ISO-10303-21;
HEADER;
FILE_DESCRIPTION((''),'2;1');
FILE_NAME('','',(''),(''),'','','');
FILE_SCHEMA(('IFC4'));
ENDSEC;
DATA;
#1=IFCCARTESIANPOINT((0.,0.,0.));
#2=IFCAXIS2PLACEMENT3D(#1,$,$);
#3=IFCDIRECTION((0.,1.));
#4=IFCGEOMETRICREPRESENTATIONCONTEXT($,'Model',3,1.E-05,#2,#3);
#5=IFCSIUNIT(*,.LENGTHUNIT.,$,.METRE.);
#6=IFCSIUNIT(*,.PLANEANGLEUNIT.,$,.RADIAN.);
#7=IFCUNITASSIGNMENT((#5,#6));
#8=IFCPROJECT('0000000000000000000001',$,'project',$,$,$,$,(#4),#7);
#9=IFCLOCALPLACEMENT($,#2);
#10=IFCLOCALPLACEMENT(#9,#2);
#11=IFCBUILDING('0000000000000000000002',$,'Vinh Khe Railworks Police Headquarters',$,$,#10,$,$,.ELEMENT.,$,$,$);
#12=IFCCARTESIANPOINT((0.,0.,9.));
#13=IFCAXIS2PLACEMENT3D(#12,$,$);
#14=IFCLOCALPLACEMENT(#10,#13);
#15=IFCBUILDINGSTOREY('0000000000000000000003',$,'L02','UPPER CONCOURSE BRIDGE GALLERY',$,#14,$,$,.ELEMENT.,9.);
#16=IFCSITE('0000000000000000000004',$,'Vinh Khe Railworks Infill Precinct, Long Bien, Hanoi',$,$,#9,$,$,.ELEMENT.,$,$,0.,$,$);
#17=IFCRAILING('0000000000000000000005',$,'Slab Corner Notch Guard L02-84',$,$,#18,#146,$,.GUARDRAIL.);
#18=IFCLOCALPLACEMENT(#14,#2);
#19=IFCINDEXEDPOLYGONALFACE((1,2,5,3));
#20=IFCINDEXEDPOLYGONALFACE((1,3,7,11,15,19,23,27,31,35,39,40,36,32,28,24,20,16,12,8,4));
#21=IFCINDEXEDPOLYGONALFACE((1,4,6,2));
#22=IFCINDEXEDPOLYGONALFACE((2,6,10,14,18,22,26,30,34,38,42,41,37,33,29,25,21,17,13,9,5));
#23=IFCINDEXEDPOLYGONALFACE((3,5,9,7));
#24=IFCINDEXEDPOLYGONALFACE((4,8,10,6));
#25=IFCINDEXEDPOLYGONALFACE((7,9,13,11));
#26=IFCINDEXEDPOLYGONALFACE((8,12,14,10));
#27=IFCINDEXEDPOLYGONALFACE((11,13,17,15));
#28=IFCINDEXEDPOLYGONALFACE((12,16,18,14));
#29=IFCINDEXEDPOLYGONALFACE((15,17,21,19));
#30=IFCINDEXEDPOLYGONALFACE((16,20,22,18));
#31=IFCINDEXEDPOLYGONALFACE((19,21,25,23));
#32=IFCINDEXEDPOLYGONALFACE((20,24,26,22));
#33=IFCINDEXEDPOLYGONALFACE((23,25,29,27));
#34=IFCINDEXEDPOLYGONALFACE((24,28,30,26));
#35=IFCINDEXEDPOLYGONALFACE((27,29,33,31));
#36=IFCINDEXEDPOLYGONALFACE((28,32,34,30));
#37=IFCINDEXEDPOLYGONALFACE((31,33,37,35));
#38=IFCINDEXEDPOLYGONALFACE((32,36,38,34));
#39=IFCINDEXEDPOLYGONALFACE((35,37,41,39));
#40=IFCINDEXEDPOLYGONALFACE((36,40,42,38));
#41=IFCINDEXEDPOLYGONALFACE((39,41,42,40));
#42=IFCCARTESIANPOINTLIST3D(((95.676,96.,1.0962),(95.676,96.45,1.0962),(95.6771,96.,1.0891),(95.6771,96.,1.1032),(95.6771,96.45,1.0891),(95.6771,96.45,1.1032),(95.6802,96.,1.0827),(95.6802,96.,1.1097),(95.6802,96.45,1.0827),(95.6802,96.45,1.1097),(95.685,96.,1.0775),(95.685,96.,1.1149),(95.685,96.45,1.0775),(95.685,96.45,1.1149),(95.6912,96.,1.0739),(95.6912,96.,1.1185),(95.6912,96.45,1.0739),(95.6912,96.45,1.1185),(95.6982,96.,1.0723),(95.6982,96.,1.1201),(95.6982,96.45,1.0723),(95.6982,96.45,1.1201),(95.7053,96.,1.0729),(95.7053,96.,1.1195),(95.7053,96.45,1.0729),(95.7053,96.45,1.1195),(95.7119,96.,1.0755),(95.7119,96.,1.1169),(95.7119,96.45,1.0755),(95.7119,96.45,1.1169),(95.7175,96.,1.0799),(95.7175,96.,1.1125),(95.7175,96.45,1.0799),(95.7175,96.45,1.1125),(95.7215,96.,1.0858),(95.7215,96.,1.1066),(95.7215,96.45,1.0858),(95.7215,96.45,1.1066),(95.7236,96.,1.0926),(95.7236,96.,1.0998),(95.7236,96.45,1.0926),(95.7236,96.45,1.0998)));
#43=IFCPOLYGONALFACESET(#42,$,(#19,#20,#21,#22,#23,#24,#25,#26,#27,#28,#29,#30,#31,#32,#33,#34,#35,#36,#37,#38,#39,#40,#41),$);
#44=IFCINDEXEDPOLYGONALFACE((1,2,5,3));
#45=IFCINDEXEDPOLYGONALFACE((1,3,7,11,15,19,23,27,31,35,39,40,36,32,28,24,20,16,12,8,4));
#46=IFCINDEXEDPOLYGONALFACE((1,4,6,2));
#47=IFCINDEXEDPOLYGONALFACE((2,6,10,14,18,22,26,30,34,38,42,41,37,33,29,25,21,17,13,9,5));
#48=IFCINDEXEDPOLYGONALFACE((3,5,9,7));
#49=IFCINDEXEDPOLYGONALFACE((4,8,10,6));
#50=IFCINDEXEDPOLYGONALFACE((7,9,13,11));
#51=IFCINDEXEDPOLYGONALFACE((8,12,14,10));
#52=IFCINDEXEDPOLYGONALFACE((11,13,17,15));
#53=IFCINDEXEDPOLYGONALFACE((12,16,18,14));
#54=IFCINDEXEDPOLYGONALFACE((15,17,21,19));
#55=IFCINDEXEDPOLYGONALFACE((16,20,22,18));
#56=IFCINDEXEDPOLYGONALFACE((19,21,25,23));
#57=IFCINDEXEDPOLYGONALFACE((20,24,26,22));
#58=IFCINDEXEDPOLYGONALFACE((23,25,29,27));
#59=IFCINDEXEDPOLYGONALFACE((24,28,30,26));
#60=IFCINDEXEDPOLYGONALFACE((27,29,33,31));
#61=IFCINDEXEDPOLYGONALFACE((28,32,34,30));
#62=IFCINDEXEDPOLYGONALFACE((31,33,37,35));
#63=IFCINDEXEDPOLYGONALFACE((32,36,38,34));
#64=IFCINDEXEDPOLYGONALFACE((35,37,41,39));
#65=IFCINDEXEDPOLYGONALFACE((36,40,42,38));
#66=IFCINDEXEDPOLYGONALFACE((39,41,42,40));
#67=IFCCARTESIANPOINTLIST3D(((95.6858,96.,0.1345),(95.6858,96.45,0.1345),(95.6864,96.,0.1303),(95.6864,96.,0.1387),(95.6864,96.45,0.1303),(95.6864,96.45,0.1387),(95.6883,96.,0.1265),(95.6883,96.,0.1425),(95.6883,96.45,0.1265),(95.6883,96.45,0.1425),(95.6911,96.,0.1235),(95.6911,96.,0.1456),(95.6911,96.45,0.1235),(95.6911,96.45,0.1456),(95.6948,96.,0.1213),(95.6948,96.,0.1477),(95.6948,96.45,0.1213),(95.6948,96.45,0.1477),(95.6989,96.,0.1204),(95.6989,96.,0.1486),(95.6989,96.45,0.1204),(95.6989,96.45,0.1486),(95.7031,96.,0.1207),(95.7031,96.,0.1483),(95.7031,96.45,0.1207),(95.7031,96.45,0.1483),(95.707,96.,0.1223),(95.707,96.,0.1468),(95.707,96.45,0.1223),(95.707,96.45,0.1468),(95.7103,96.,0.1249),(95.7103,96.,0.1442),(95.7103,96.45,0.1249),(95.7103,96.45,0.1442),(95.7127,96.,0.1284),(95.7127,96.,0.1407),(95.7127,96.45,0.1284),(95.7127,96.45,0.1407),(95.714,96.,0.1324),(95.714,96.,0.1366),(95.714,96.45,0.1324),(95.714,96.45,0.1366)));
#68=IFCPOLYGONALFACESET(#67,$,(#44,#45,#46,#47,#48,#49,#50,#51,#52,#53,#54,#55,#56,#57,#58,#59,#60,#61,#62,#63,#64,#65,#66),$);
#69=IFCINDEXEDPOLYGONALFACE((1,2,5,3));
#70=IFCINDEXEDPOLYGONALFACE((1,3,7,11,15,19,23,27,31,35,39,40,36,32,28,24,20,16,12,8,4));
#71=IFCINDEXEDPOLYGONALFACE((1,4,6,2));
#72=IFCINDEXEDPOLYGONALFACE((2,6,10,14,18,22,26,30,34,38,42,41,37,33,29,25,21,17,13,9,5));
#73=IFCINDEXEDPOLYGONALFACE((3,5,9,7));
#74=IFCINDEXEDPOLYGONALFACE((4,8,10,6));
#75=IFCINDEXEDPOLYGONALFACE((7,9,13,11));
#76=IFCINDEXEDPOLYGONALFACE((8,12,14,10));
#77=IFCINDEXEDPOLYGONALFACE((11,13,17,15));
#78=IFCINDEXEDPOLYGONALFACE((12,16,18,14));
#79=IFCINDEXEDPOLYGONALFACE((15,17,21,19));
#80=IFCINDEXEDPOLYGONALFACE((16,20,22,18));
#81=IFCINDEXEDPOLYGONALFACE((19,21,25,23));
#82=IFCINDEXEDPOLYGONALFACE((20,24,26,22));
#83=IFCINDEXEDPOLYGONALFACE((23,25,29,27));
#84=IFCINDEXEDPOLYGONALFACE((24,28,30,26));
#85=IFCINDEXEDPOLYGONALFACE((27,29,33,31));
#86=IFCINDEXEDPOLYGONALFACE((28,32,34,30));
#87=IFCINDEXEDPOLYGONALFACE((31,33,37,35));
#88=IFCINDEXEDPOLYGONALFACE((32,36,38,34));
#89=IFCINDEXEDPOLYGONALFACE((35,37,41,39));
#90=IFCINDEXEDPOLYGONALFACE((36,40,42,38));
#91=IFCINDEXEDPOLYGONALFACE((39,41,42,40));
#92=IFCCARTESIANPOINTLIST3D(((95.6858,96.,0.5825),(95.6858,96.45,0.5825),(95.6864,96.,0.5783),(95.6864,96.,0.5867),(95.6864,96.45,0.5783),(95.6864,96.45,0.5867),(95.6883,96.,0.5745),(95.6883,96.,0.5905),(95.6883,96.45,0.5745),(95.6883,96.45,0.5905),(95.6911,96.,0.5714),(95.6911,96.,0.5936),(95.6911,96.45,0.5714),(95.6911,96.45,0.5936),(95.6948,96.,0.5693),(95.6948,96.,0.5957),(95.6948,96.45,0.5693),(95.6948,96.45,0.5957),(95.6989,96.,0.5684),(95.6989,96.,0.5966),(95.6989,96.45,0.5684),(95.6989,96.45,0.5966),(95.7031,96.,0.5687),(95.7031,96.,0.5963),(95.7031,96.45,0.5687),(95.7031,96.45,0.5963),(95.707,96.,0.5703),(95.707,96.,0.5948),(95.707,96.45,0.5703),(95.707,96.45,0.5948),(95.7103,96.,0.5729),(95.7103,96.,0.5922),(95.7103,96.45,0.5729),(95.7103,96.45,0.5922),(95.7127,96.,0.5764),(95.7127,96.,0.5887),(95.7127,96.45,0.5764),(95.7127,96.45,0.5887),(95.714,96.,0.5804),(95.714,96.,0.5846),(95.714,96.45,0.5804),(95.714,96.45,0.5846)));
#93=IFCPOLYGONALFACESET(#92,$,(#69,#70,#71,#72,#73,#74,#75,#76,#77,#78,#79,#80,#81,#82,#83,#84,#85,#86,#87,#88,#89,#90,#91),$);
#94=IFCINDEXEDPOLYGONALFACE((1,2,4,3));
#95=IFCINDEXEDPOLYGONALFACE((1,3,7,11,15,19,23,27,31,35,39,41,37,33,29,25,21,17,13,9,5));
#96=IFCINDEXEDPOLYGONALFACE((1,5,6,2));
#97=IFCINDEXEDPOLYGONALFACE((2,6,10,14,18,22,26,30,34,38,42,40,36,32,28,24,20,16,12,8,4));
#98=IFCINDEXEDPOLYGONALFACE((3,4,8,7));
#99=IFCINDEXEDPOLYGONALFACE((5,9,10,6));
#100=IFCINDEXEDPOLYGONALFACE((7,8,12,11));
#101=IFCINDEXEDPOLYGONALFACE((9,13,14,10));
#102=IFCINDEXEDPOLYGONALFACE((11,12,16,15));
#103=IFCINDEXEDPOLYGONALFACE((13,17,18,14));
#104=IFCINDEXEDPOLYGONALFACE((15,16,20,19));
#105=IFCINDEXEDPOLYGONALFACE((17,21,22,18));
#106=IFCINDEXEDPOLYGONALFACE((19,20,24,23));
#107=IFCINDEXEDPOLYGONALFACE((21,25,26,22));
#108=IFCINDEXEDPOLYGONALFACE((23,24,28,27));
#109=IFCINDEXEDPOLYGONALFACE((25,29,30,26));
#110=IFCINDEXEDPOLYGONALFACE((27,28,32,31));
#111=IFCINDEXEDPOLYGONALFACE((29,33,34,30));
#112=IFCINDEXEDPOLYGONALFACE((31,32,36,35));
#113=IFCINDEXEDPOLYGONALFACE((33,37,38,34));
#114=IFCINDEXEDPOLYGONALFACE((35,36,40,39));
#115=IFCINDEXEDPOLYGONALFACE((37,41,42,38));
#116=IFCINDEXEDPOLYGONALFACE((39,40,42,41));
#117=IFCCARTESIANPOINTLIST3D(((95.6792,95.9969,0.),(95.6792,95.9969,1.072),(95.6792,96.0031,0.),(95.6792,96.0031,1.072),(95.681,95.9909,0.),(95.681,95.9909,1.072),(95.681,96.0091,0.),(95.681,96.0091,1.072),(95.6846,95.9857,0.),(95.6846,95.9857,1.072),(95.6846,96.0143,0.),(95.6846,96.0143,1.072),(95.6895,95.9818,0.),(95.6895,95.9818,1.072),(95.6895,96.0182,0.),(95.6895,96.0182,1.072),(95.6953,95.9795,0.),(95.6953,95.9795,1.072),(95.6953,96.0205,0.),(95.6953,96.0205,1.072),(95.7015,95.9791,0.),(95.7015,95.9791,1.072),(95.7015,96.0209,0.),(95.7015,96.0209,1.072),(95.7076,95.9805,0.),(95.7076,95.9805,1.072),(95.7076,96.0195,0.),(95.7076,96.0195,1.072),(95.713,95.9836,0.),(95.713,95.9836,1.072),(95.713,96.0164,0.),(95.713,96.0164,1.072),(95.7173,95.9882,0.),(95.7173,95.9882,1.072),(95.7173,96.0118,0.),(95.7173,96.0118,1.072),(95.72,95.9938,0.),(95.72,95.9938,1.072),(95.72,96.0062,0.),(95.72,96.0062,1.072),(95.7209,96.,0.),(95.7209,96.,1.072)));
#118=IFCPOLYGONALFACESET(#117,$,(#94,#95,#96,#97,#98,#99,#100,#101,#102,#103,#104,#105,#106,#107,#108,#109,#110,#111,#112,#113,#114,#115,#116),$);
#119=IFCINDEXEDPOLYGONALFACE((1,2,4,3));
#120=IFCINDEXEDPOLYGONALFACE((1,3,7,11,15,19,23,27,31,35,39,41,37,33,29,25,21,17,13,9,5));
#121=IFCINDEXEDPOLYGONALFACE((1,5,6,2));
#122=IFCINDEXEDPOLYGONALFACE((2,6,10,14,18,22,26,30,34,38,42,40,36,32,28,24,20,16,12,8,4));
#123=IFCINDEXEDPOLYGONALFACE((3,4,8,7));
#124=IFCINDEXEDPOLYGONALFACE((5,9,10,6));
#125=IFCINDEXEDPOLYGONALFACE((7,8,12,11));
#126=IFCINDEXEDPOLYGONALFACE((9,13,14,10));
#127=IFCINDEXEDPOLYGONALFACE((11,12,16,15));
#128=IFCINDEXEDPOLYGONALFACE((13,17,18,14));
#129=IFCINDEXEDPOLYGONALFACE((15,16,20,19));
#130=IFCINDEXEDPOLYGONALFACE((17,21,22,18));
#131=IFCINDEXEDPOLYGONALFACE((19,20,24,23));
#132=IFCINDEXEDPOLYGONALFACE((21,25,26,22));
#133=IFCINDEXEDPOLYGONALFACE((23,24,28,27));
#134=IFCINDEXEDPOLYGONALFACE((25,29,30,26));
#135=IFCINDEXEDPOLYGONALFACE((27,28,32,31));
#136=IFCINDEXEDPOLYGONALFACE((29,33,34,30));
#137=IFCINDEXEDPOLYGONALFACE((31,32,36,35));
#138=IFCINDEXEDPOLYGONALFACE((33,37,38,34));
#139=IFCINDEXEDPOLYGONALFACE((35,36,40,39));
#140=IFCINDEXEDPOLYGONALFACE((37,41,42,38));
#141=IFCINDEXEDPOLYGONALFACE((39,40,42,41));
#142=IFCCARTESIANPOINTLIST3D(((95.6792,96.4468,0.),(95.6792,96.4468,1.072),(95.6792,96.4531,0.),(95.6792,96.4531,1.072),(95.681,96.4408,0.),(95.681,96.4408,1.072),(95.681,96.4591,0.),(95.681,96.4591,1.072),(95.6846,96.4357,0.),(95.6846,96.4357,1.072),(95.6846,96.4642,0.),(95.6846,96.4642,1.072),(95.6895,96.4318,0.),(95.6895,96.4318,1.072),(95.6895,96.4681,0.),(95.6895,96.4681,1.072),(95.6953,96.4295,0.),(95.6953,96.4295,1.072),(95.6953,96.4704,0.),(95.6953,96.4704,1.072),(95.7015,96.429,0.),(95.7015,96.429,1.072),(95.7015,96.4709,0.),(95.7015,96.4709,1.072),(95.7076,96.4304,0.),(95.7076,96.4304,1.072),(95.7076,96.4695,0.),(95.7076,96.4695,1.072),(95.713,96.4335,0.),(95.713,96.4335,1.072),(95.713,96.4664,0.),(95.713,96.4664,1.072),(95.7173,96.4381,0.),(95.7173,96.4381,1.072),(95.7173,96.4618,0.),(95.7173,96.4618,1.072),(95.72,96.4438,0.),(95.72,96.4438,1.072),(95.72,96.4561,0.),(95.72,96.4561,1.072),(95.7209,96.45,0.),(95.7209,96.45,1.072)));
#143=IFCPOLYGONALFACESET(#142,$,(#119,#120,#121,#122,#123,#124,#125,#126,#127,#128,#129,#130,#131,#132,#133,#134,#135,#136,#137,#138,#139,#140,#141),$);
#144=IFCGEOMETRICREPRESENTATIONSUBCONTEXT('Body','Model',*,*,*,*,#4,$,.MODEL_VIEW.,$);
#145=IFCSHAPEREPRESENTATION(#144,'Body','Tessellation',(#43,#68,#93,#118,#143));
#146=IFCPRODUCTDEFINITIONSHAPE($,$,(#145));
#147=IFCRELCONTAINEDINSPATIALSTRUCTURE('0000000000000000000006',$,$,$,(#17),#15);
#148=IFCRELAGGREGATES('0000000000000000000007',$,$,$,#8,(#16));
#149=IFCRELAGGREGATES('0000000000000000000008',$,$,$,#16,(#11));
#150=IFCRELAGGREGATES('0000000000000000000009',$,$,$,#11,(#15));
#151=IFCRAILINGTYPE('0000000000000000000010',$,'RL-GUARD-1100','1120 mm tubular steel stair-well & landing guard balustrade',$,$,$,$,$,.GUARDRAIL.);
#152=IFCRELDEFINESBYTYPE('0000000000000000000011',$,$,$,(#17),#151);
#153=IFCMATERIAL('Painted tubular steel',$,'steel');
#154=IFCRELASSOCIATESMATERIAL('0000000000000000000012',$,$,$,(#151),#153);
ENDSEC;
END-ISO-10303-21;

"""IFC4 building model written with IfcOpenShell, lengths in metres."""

from ifc_helpers import new_model, si_unit, direction, frame, origin, origin_2d, place, context, subcontext, project, spatial, circle, extrude, material, type_object, element, save


model = new_model("IFC4")

# Units and contexts
model_context = context("Model", 3, precision=1e-05, world=origin(), true_north=direction((0.0, 1.0)))
body_context = subcontext(model_context, "Body", "Model", "MODEL_VIEW")
ifc_project = project(units=[si_unit("LENGTHUNIT", "METRE"), si_unit("PLANEANGLEUNIT", "RADIAN")], contexts=[model_context])

# Site, building, storey
site_placement = place(None, origin())
site = spatial("IfcSite", under=ifc_project, at=site_placement, Name="Vinh Khe Railworks Infill Precinct, Long Bien, Hanoi", CompositionType="ELEMENT", RefElevation=0.0)
building_placement = place(site_placement, origin())
building = spatial("IfcBuilding", under=site, at=building_placement, Name="Vinh Khe Railworks Police Headquarters", CompositionType="ELEMENT")
storey_placement = place(building_placement, frame((0.0, 0.0, 9.0)))
storey = spatial("IfcBuildingStorey", under=building, at=storey_placement, Name="L02", Description="UPPER CONCOURSE BRIDGE GALLERY", CompositionType="ELEMENT", Elevation=9.0)

# Railing
ifc_material_1 = material(Name="Painted tubular steel", Category="steel")
railing_type = type_object("IfcRailingType", Name="RL-GUARD-1100", Description="1120 mm tubular steel stair-well & landing guard balustrade", PredefinedType="GUARDRAIL", material=ifc_material_1)
railing_1_placement = place(storey_placement, frame((95.7, 96.0, 0.0)))
element("IfcRailing", 1, at=railing_1_placement, inside=storey, type_object=railing_type, Name="Slab Corner Notch Guard L02-84", PredefinedType="GUARDRAIL", context=body_context, shape_type="SweptSolid", body=[
    extrude(circle(Radius=0.0239, at=origin_2d()), frame((0.0, 0.0, 1.0962), z_axis=(0.0, 1.0, 0.0), x_axis=(-1.0, 0.0, 0.0)), (0.0, 0.0, 1.0), 0.45),
    extrude(circle(Radius=0.0142, at=origin_2d()), frame((0.0, 0.0, 0.1345), z_axis=(0.0, 1.0, 0.0), x_axis=(-1.0, 0.0, 0.0)), (0.0, 0.0, 1.0), 0.45),
    extrude(circle(Radius=0.0142, at=origin_2d()), frame((0.0, 0.0, 0.5825), z_axis=(0.0, 1.0, 0.0), x_axis=(-1.0, 0.0, 0.0)), (0.0, 0.0, 1.0), 0.45),
    extrude(circle(Radius=0.021, at=origin_2d()), origin(), (0.0, 0.0, 1.0), 1.072),
    extrude(circle(Radius=0.021, at=origin_2d()), frame((0.0, 0.45, 0.0)), (0.0, 0.0, 1.0), 1.072),
])

save(model, "model.ifc")
